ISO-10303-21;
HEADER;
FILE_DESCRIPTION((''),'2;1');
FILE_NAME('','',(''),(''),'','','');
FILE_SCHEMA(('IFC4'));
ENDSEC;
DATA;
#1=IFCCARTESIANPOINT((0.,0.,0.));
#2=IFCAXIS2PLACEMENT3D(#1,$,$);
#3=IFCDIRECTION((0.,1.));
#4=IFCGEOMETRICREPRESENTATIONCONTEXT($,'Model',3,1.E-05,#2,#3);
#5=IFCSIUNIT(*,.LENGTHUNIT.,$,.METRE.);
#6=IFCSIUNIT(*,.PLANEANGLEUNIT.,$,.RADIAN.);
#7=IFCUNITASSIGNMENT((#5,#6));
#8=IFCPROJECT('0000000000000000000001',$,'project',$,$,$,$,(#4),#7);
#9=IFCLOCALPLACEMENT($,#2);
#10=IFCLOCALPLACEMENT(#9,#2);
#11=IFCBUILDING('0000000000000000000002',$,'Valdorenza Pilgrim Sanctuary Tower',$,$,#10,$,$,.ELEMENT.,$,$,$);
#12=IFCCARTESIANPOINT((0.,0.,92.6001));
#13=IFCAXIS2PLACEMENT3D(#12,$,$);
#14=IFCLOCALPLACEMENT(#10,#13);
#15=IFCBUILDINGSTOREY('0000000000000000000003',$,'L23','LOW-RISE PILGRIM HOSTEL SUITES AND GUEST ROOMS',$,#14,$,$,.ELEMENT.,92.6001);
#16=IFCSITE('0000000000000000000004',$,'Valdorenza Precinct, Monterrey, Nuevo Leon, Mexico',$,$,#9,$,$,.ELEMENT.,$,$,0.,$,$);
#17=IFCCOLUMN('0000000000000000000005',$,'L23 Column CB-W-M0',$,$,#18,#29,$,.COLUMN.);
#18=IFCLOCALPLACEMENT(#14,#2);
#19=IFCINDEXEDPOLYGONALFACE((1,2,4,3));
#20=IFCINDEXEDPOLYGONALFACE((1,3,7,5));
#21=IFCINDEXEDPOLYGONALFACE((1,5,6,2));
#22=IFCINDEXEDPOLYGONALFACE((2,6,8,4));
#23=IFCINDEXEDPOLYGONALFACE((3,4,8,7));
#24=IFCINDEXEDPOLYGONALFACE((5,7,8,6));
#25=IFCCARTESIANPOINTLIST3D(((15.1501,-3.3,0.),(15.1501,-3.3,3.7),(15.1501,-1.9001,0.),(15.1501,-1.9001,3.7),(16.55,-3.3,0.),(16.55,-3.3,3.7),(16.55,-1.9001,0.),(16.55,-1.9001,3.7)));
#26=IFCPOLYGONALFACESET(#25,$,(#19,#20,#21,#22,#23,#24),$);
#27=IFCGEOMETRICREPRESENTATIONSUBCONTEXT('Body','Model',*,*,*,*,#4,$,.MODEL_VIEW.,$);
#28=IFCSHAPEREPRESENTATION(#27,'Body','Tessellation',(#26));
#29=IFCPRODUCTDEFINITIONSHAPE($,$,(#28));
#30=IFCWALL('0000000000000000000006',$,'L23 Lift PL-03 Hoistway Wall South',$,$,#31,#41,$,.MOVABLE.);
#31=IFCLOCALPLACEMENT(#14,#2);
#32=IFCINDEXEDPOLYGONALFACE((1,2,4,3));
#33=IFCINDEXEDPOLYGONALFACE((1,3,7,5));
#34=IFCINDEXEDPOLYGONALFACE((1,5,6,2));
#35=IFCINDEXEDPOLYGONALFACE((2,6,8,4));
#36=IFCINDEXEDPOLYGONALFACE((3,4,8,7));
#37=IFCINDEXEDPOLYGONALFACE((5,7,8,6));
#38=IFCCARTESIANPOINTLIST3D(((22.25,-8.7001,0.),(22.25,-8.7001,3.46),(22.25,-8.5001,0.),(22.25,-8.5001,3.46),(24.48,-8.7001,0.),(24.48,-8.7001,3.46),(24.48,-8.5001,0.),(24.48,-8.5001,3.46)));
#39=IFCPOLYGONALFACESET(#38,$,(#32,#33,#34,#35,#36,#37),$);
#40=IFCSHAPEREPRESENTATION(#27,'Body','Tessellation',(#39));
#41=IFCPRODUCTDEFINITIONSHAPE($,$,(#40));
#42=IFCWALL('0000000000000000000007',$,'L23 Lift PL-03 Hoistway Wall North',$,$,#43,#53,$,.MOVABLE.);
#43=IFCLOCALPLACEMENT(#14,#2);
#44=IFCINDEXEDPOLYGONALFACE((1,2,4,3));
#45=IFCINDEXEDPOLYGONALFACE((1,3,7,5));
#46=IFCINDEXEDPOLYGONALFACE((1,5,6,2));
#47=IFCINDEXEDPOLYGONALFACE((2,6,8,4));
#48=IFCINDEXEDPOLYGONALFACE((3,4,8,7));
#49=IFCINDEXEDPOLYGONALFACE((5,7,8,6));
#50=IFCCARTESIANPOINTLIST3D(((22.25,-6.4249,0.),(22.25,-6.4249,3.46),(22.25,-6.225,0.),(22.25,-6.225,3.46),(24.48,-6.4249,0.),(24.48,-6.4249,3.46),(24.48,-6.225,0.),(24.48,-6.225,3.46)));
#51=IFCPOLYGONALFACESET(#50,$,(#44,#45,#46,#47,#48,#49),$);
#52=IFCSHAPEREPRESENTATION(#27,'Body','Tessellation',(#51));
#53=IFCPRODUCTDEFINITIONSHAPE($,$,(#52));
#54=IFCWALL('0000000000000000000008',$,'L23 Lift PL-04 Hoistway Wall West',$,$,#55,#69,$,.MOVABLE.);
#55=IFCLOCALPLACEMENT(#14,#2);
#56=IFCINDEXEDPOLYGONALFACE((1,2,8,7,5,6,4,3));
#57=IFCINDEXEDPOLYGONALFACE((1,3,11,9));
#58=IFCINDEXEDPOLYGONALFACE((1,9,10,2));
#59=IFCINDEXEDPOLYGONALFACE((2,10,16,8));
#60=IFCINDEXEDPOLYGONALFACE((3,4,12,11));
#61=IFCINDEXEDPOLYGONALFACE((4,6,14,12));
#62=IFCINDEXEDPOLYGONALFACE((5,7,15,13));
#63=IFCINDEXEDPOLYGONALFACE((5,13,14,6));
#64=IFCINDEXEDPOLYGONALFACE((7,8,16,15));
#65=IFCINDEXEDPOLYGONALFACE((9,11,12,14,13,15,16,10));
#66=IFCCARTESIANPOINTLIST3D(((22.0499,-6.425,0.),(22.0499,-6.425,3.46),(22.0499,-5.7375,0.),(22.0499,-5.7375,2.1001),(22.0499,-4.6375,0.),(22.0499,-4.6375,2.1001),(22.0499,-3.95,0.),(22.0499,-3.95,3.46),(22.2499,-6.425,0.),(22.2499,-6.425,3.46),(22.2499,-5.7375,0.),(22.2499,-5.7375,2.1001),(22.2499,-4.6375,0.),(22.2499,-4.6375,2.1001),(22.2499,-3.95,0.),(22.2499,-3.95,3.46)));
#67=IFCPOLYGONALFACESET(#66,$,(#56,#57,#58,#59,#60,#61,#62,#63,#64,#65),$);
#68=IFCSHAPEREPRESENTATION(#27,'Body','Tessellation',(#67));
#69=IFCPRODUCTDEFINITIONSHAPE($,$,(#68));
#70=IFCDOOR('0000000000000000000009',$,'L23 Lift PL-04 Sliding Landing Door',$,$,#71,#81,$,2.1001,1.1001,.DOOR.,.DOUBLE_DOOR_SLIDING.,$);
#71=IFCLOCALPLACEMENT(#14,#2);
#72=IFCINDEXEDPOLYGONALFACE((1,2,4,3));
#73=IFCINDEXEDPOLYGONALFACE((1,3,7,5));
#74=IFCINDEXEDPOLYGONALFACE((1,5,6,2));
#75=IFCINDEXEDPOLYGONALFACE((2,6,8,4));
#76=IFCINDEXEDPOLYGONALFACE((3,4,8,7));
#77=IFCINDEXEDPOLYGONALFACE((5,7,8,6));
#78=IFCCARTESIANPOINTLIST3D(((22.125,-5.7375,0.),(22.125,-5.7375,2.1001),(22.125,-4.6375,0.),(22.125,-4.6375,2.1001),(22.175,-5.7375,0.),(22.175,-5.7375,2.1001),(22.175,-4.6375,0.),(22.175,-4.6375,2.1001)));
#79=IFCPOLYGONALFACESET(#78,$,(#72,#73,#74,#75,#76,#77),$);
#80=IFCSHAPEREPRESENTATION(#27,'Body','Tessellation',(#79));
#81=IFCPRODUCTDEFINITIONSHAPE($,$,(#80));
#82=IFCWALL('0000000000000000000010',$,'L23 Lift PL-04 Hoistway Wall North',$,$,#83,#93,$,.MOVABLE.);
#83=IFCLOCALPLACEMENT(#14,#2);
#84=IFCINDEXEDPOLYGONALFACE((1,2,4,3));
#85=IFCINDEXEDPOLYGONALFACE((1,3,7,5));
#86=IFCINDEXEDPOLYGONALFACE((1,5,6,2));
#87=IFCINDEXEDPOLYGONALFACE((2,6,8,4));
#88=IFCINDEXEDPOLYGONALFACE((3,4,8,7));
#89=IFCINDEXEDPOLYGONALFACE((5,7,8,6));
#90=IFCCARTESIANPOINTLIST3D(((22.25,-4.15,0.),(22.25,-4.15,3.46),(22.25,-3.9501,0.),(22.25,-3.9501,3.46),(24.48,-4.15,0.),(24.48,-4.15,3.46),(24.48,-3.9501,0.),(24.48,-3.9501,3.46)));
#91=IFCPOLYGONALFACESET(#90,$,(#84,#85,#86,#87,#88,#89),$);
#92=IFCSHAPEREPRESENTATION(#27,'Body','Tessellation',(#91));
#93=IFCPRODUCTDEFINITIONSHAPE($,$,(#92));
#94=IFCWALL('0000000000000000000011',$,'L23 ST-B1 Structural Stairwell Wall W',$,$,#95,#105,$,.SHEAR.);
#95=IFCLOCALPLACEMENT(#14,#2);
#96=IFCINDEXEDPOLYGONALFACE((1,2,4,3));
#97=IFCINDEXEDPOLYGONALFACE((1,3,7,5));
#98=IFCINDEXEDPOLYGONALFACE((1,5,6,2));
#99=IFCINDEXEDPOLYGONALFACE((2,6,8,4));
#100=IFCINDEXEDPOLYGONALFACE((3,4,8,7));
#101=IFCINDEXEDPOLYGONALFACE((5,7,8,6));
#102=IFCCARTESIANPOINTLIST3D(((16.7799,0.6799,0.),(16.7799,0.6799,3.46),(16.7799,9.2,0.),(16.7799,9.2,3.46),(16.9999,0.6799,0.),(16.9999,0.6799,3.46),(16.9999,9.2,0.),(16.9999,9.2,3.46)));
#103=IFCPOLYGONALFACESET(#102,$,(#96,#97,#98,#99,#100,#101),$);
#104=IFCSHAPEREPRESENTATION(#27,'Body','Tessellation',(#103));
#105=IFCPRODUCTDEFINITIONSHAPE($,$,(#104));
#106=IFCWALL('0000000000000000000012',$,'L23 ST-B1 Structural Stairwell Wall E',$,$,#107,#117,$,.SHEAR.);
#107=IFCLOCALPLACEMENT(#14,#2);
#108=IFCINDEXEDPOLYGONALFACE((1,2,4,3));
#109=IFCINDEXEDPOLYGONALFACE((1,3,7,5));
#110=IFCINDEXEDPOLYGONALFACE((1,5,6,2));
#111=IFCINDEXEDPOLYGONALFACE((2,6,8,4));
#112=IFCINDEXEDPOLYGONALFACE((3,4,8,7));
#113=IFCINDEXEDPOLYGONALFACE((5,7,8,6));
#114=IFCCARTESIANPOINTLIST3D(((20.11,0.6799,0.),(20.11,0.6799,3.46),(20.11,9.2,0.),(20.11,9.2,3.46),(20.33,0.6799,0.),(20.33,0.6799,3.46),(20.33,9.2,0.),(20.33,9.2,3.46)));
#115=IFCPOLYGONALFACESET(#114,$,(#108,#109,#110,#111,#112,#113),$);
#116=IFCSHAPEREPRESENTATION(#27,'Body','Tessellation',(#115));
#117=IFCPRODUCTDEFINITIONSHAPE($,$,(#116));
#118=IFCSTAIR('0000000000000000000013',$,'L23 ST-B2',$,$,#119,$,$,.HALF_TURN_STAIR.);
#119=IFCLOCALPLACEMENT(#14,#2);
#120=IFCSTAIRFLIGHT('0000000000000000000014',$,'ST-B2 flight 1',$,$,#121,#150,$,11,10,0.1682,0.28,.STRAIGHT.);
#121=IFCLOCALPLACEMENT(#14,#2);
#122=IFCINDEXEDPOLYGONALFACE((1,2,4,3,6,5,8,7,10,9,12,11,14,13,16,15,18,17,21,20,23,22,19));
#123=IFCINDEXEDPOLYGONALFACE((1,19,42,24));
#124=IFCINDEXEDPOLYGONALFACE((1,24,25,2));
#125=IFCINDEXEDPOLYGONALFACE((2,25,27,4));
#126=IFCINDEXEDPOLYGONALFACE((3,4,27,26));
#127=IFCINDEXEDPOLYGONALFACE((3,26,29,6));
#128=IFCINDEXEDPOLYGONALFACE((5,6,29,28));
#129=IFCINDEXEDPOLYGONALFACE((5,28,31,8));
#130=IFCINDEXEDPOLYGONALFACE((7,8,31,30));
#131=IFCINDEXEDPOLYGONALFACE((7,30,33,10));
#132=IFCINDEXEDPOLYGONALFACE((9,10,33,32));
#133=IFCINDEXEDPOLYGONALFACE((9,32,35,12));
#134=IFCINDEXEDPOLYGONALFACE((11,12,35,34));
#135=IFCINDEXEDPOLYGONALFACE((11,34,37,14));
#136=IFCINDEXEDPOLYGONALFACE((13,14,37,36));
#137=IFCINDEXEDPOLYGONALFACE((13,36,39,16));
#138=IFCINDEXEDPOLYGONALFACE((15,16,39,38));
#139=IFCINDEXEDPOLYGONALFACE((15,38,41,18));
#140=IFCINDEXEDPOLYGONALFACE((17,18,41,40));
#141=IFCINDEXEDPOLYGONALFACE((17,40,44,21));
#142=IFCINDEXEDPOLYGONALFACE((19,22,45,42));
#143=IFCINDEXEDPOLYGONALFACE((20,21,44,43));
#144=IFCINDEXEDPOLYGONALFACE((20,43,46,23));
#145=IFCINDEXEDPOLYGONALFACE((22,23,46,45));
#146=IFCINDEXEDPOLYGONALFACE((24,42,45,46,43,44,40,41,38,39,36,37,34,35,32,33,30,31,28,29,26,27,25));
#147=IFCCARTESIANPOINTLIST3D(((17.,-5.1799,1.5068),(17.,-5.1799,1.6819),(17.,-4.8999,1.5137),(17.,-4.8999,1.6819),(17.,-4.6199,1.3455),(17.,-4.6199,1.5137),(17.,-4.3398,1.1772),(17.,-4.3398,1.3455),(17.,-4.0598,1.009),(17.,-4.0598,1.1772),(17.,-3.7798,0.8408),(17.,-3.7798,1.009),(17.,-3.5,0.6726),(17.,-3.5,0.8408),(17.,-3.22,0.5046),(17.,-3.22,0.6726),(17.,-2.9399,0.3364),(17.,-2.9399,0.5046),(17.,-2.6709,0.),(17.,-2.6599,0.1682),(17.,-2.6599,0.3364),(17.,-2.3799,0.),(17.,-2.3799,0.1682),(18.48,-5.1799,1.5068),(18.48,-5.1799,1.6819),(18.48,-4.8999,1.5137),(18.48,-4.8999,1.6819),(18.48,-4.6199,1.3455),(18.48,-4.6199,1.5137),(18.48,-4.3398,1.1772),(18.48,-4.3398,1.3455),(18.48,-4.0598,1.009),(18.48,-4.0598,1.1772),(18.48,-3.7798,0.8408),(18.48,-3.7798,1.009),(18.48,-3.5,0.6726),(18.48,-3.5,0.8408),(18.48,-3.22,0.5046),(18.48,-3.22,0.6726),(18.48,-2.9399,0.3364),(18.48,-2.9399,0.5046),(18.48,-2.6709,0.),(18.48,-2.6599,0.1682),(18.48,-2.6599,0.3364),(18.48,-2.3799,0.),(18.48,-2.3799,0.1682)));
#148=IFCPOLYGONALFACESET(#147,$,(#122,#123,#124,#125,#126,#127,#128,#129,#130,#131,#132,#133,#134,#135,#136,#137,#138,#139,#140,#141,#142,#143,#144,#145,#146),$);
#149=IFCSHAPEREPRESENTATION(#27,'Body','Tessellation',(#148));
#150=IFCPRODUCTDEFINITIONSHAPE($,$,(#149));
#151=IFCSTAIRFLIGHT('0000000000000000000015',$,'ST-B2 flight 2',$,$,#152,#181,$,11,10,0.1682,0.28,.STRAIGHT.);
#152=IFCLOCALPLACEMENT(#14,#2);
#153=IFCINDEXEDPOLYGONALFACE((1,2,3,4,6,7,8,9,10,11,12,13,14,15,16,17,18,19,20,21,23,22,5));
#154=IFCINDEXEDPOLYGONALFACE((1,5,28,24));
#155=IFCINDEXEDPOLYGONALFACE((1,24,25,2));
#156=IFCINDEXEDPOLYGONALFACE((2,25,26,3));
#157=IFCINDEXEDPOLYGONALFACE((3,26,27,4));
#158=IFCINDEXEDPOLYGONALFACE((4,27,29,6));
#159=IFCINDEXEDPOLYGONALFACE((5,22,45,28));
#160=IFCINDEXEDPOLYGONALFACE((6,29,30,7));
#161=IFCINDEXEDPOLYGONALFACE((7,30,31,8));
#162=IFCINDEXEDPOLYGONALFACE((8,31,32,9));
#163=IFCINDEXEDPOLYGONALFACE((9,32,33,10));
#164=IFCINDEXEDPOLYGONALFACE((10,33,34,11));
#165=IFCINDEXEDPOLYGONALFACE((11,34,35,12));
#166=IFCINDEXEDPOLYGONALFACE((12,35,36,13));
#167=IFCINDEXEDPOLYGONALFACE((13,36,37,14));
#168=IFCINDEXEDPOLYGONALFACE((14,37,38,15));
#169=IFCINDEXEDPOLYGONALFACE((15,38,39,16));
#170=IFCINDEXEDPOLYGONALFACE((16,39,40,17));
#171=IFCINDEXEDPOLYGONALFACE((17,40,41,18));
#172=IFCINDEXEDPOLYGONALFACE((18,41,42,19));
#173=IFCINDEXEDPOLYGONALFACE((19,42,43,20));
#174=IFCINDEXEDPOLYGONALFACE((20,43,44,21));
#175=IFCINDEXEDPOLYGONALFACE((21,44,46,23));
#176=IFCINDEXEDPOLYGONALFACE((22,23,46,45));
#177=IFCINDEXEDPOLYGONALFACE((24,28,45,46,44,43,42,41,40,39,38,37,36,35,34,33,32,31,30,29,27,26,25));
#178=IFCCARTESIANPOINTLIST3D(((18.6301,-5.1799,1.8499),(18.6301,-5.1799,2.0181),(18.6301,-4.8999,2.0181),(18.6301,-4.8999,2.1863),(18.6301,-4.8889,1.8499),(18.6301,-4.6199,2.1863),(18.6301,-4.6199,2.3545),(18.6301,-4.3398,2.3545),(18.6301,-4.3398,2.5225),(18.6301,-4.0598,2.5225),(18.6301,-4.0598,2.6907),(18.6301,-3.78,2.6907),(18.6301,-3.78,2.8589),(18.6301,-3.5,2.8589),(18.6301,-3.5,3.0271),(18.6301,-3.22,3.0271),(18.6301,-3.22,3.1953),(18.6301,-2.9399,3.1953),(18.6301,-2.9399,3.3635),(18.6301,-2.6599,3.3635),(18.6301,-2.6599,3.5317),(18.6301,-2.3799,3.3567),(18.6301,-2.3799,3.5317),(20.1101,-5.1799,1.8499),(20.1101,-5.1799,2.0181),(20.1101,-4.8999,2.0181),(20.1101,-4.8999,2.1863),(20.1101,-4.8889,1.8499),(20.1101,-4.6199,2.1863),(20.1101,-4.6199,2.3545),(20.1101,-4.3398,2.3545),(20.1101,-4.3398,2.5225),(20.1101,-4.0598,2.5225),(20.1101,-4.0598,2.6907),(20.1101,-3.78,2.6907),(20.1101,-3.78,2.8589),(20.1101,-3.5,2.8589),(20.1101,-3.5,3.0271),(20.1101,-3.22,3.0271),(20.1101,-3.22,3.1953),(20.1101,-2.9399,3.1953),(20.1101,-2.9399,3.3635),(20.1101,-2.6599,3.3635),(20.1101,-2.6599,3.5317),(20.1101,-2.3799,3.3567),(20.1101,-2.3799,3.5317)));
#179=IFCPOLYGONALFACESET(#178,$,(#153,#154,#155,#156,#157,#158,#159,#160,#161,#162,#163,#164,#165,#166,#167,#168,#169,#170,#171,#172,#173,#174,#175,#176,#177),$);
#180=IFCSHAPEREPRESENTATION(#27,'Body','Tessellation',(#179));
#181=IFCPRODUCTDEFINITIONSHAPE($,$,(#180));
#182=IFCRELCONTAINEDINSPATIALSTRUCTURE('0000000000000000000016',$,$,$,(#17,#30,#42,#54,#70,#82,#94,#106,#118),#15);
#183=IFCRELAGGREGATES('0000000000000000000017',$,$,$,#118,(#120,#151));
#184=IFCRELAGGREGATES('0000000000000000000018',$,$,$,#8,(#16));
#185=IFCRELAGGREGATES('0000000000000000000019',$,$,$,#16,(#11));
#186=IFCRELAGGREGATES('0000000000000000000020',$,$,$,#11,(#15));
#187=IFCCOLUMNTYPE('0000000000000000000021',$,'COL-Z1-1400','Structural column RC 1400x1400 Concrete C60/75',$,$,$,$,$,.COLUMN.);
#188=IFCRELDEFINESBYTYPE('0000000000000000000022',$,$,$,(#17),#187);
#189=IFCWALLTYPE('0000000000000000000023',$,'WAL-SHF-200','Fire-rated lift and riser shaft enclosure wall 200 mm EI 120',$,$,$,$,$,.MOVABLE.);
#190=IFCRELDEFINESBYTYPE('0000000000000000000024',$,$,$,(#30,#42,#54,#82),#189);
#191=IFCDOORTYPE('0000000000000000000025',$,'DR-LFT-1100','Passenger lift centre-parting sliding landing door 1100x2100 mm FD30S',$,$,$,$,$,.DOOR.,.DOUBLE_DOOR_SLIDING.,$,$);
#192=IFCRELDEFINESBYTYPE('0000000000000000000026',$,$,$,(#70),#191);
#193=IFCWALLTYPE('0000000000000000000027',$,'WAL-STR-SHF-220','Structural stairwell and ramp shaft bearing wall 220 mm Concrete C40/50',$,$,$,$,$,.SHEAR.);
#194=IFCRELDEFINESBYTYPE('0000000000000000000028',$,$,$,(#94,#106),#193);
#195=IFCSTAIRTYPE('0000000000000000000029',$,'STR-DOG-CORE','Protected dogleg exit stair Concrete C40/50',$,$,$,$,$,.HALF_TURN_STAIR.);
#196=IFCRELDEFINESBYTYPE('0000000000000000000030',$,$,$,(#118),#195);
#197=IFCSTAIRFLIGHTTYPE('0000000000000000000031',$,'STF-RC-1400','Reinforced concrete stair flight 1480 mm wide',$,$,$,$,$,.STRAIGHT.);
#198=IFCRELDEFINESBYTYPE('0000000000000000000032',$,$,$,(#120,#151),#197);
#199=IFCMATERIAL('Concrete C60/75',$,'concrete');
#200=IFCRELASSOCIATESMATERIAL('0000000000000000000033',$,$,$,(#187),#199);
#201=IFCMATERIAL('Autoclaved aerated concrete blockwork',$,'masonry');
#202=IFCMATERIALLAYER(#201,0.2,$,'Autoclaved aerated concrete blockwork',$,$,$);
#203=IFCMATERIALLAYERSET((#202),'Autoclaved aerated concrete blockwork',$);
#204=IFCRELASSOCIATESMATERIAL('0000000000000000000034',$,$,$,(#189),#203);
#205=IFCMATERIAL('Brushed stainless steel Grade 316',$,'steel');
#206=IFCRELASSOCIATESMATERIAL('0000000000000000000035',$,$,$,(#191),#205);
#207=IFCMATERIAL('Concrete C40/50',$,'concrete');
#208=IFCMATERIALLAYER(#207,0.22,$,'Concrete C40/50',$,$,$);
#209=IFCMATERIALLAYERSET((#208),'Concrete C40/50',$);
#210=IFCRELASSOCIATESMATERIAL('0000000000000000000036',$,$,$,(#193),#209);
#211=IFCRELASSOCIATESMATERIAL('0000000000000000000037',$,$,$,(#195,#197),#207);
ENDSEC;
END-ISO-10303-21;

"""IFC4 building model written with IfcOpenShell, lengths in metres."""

from ifc_helpers import new_model, si_unit, direction, frame, frame_2d, origin, origin_2d, place, context, subcontext, project, spatial, polyline, rectangle, outline, extrude, source, transform, mapped, material, layer, layer_set, material_profile, profile_set, type_object, element, fill, aggregate, save


model = new_model("IFC4")

# Units and contexts
model_context = context("Model", 3, precision=1e-05, world=origin(), true_north=direction((0.0, 1.0)))
body_context = subcontext(model_context, "Body", "Model", "MODEL_VIEW")
ifc_project = project(units=[si_unit("LENGTHUNIT", "METRE"), si_unit("PLANEANGLEUNIT", "RADIAN")], contexts=[model_context])

# Site, building, storey
site_placement = place(None, origin())
site = spatial("IfcSite", under=ifc_project, at=site_placement, Name="Valdorenza Precinct, Monterrey, Nuevo Leon, Mexico", CompositionType="ELEMENT", RefElevation=0.0)
building_placement = place(site_placement, origin())
building = spatial("IfcBuilding", under=site, at=building_placement, Name="Valdorenza Pilgrim Sanctuary Tower", CompositionType="ELEMENT")
storey_placement = place(building_placement, frame((0.0, 0.0, 92.6001)))
storey = spatial("IfcBuildingStorey", under=building, at=storey_placement, Name="L23", Description="LOW-RISE PILGRIM HOSTEL SUITES AND GUEST ROOMS", CompositionType="ELEMENT", Elevation=92.6001)

# Column
ifc_material_1 = material(Name="Concrete C60/75", Category="concrete")
ifc_material_profile = material_profile(ifc_material_1, rectangle(XDim=1.3999, YDim=1.3999, at=origin_2d()), Name="RC 1400x1400")
ifc_profile_set = profile_set([ifc_material_profile], Name="Concrete C60/75")
column_type = type_object("IfcColumnType", Name="COL-Z1-1400", Description="Structural column RC 1400x1400 Concrete C60/75", PredefinedType="COLUMN", material=ifc_profile_set)
shared_shape = source(origin(), body_context, "Body", "SweptSolid", [
    extrude(rectangle(XDim=1.3999, YDim=1.3999, at=origin_2d()), origin(), (0.0, 0.0, 1.0), 3.7),
])
column_placement = place(storey_placement, frame((15.8501, -2.6001, 0.0), z_axis=(0.0, 0.0, 1.0), x_axis=(1.0, 0.0, 0.0)))
element("IfcColumn", 1, at=column_placement, inside=storey, type_object=column_type, Name="L23 Column CB-W-M0", PredefinedType="COLUMN", context=body_context, shape_type="MappedRepresentation", body=[
    mapped(shared_shape, transform((0.0, 0.0, 0.0), x_axis=(1.0, 0.0, 0.0), y_axis=(0.0, 1.0, 0.0), z_axis=(0.0, 0.0, 1.0), scale=1.0)),
])

# Walls
ifc_material_2 = material(Name="Autoclaved aerated concrete blockwork", Category="masonry")
ifc_layer_1 = layer(ifc_material_2, 0.2, Name="Autoclaved aerated concrete blockwork")
ifc_layer_set_1 = layer_set([ifc_layer_1], Name="Autoclaved aerated concrete blockwork")
wall_type_1 = type_object("IfcWallType", Name="WAL-SHF-200", Description="Fire-rated lift and riser shaft enclosure wall 200 mm EI 120", PredefinedType="MOVABLE", material=ifc_layer_set_1)
for number, where, z_axis, x_axis, name in (
    (2, (22.25, -8.6001, 0.0), (0.0, 0.0, 1.0), (1.0, 0.0, 0.0), "L23 Lift PL-03 Hoistway Wall South"),
    (3, (22.25, -6.325, 0.0), (0.0, 0.0, 1.0), (1.0, 0.0, 0.0), "L23 Lift PL-03 Hoistway Wall North"),
):
    element("IfcWall", number, at=place(storey_placement, frame(where, z_axis=z_axis, x_axis=x_axis)), inside=storey, type_object=wall_type_1, Name=name, PredefinedType="MOVABLE", context=body_context, shape_type="SweptSolid", body=[
        extrude(rectangle(XDim=2.23, YDim=0.2, at=frame_2d((1.115, 0.0))), origin(), (0.0, 0.0, 1.0), 3.46),
    ])

# Wall, opening, door
wall_1_placement = place(storey_placement, frame((22.1499, -6.425, 0.0), z_axis=(0.0, 0.0, 1.0), x_axis=(0.0, 1.0, 0.0)))
wall_1 = element("IfcWall", 4, at=wall_1_placement, inside=storey, type_object=wall_type_1, Name="L23 Lift PL-04 Hoistway Wall West", PredefinedType="MOVABLE", context=body_context, shape_type="SweptSolid", body=[
    extrude(rectangle(XDim=2.4751, YDim=0.2, at=frame_2d((1.2375, 0.0))), origin(), (0.0, 0.0, 1.0), 3.46),
])
opening_1_placement = place(wall_1_placement, frame((0.6875, 0.0, 0.0)))
opening_1 = element("IfcOpeningElement", 5, at=opening_1_placement, cuts=wall_1, PredefinedType="OPENING", context=body_context, shape_type="SweptSolid", body=[
    extrude(rectangle(XDim=1.1001, YDim=2.1001, at=frame_2d((0.55, 1.05))), frame((0.0, 0.1147, 0.0), z_axis=(0.0, -1.0, 0.0), x_axis=(1.0, 0.0, 0.0)), (0.0, 0.0, 1.0), 0.2297),
])
ifc_material_3 = material(Name="Brushed stainless steel Grade 316", Category="steel")
door_type_1 = type_object("IfcDoorType", Name="DR-LFT-1100", Description="Passenger lift centre-parting sliding landing door 1100x2100 mm FD30S", OperationType="DOUBLE_DOOR_SLIDING", PredefinedType="DOOR", material=ifc_material_3)
door_1_placement = place(opening_1_placement, origin())
door_1 = element("IfcDoor", 6, at=door_1_placement, inside=storey, type_object=door_type_1, Name="L23 Lift PL-04 Sliding Landing Door", OperationType="DOUBLE_DOOR_SLIDING", OverallHeight=2.1001, OverallWidth=1.1001, PredefinedType="DOOR", context=body_context, shape_type="SweptSolid", body=[
    extrude(rectangle(XDim=1.1001, YDim=2.1001, at=frame_2d((0.55, 1.05))), frame((0.0, 0.0249, 0.0), z_axis=(0.0, -1.0, 0.0), x_axis=(1.0, 0.0, 0.0)), (0.0, 0.0, 1.0), 0.05),
])
fill(opening_1, door_1)

# Walls
wall_2_placement = place(storey_placement, frame((22.25, -4.05, 0.0), z_axis=(0.0, 0.0, 1.0), x_axis=(1.0, 0.0, 0.0)))
element("IfcWall", 7, at=wall_2_placement, inside=storey, type_object=wall_type_1, Name="L23 Lift PL-04 Hoistway Wall North", PredefinedType="MOVABLE", context=body_context, shape_type="SweptSolid", body=[
    extrude(rectangle(XDim=2.23, YDim=0.2, at=frame_2d((1.115, 0.0))), origin(), (0.0, 0.0, 1.0), 3.46),
])
ifc_material_4 = material(Name="Concrete C40/50", Category="concrete")
ifc_layer_2 = layer(ifc_material_4, 0.22, Name="Concrete C40/50")
ifc_layer_set_2 = layer_set([ifc_layer_2], Name="Concrete C40/50")
wall_type_2 = type_object("IfcWallType", Name="WAL-STR-SHF-220", Description="Structural stairwell and ramp shaft bearing wall 220 mm Concrete C40/50", PredefinedType="SHEAR", material=ifc_layer_set_2)
for number, where, z_axis, x_axis, name in (
    (8, (16.8899, 0.6799, 0.0), (0.0, 0.0, 1.0), (0.0, 1.0, 0.0), "L23 ST-B1 Structural Stairwell Wall W"),
    (9, (20.22, 0.6799, 0.0), (0.0, 0.0, 1.0), (0.0, 1.0, 0.0), "L23 ST-B1 Structural Stairwell Wall E"),
):
    element("IfcWall", number, at=place(storey_placement, frame(where, z_axis=z_axis, x_axis=x_axis)), inside=storey, type_object=wall_type_2, Name=name, PredefinedType="SHEAR", context=body_context, shape_type="SweptSolid", body=[
        extrude(rectangle(XDim=8.52, YDim=0.22, at=frame_2d((4.26, 0.0))), origin(), (0.0, 0.0, 1.0), 3.46),
    ])

# Stair, stair flights
stair_type = type_object("IfcStairType", Name="STR-DOG-CORE", Description="Protected dogleg exit stair Concrete C40/50", PredefinedType="HALF_TURN_STAIR", material=ifc_material_4)
stair_placement = place(storey_placement, origin())
stair = element("IfcStair", 10, at=stair_placement, inside=storey, type_object=stair_type, Name="L23 ST-B2", PredefinedType="HALF_TURN_STAIR")
stair_flight_type = type_object("IfcStairFlightType", Name="STF-RC-1400", Description="Reinforced concrete stair flight 1480 mm wide", PredefinedType="STRAIGHT", material=ifc_material_4)
stair_flight_1_placement = place(storey_placement, frame((17.74, -2.3799, 0.0), z_axis=(0.0, 0.0, 1.0), x_axis=(0.0, -1.0, 0.0)))
stair_flight_1 = element("IfcStairFlight", 11, at=stair_flight_1_placement, type_object=stair_flight_type, Name="ST-B2 flight 1", NumberOfRisers=11, NumberOfTreads=10, PredefinedType="STRAIGHT", RiserHeight=0.1682, TreadLength=0.28, context=body_context, shape_type="SweptSolid", body=[
    extrude(outline(polyline([(0.0, 0.0), (0.0, 0.1682), (0.28, 0.1682), (0.28, 0.3364), (0.5601, 0.3364), (0.5601, 0.5046), (0.8401, 0.5046), (0.8401, 0.6726), (1.1201, 0.6726), (1.1201, 0.8408), (1.3999, 0.8408), (1.3999, 1.009), (1.6799, 1.009), (1.6799, 1.1772), (1.96, 1.1772), (1.96, 1.3455), (2.24, 1.3455), (2.24, 1.5137), (2.52, 1.5137), (2.52, 1.6819), (2.8, 1.6819), (2.8, 1.8501), (2.8, 1.5068), (0.291, 0.0), (0.0, 0.0)])), frame((0.0, 0.74, 0.0), z_axis=(0.0, -1.0, 0.0), x_axis=(1.0, 0.0, 0.0)), (0.0, 0.0, 1.0), 1.48),
])
stair_flight_2_placement = place(storey_placement, frame((19.3701, -5.1799, 1.8499), z_axis=(0.0, 0.0, 1.0), x_axis=(0.0, 1.0, 0.0)))
stair_flight_2 = element("IfcStairFlight", 12, at=stair_flight_2_placement, type_object=stair_flight_type, Name="ST-B2 flight 2", NumberOfRisers=11, NumberOfTreads=10, PredefinedType="STRAIGHT", RiserHeight=0.1682, TreadLength=0.28, context=body_context, shape_type="SweptSolid", body=[
    extrude(outline(polyline([(0.0, 0.0), (0.0, 0.1682), (0.28, 0.1682), (0.28, 0.3364), (0.5601, 0.3364), (0.5601, 0.5046), (0.8401, 0.5046), (0.8401, 0.6726), (1.1201, 0.6726), (1.1201, 0.8408), (1.3999, 0.8408), (1.3999, 1.009), (1.6799, 1.009), (1.6799, 1.1772), (1.96, 1.1772), (1.96, 1.3455), (2.24, 1.3455), (2.24, 1.5137), (2.52, 1.5137), (2.52, 1.6819), (2.8, 1.6819), (2.8, 1.8501), (2.8, 1.5068), (0.291, 0.0), (0.0, 0.0)])), frame((0.0, 0.74, 0.0), z_axis=(0.0, -1.0, 0.0), x_axis=(1.0, 0.0, 0.0)), (0.0, 0.0, 1.0), 1.48),
])
aggregate(stair, [stair_flight_1, stair_flight_2])

save(model, "model.ifc")
